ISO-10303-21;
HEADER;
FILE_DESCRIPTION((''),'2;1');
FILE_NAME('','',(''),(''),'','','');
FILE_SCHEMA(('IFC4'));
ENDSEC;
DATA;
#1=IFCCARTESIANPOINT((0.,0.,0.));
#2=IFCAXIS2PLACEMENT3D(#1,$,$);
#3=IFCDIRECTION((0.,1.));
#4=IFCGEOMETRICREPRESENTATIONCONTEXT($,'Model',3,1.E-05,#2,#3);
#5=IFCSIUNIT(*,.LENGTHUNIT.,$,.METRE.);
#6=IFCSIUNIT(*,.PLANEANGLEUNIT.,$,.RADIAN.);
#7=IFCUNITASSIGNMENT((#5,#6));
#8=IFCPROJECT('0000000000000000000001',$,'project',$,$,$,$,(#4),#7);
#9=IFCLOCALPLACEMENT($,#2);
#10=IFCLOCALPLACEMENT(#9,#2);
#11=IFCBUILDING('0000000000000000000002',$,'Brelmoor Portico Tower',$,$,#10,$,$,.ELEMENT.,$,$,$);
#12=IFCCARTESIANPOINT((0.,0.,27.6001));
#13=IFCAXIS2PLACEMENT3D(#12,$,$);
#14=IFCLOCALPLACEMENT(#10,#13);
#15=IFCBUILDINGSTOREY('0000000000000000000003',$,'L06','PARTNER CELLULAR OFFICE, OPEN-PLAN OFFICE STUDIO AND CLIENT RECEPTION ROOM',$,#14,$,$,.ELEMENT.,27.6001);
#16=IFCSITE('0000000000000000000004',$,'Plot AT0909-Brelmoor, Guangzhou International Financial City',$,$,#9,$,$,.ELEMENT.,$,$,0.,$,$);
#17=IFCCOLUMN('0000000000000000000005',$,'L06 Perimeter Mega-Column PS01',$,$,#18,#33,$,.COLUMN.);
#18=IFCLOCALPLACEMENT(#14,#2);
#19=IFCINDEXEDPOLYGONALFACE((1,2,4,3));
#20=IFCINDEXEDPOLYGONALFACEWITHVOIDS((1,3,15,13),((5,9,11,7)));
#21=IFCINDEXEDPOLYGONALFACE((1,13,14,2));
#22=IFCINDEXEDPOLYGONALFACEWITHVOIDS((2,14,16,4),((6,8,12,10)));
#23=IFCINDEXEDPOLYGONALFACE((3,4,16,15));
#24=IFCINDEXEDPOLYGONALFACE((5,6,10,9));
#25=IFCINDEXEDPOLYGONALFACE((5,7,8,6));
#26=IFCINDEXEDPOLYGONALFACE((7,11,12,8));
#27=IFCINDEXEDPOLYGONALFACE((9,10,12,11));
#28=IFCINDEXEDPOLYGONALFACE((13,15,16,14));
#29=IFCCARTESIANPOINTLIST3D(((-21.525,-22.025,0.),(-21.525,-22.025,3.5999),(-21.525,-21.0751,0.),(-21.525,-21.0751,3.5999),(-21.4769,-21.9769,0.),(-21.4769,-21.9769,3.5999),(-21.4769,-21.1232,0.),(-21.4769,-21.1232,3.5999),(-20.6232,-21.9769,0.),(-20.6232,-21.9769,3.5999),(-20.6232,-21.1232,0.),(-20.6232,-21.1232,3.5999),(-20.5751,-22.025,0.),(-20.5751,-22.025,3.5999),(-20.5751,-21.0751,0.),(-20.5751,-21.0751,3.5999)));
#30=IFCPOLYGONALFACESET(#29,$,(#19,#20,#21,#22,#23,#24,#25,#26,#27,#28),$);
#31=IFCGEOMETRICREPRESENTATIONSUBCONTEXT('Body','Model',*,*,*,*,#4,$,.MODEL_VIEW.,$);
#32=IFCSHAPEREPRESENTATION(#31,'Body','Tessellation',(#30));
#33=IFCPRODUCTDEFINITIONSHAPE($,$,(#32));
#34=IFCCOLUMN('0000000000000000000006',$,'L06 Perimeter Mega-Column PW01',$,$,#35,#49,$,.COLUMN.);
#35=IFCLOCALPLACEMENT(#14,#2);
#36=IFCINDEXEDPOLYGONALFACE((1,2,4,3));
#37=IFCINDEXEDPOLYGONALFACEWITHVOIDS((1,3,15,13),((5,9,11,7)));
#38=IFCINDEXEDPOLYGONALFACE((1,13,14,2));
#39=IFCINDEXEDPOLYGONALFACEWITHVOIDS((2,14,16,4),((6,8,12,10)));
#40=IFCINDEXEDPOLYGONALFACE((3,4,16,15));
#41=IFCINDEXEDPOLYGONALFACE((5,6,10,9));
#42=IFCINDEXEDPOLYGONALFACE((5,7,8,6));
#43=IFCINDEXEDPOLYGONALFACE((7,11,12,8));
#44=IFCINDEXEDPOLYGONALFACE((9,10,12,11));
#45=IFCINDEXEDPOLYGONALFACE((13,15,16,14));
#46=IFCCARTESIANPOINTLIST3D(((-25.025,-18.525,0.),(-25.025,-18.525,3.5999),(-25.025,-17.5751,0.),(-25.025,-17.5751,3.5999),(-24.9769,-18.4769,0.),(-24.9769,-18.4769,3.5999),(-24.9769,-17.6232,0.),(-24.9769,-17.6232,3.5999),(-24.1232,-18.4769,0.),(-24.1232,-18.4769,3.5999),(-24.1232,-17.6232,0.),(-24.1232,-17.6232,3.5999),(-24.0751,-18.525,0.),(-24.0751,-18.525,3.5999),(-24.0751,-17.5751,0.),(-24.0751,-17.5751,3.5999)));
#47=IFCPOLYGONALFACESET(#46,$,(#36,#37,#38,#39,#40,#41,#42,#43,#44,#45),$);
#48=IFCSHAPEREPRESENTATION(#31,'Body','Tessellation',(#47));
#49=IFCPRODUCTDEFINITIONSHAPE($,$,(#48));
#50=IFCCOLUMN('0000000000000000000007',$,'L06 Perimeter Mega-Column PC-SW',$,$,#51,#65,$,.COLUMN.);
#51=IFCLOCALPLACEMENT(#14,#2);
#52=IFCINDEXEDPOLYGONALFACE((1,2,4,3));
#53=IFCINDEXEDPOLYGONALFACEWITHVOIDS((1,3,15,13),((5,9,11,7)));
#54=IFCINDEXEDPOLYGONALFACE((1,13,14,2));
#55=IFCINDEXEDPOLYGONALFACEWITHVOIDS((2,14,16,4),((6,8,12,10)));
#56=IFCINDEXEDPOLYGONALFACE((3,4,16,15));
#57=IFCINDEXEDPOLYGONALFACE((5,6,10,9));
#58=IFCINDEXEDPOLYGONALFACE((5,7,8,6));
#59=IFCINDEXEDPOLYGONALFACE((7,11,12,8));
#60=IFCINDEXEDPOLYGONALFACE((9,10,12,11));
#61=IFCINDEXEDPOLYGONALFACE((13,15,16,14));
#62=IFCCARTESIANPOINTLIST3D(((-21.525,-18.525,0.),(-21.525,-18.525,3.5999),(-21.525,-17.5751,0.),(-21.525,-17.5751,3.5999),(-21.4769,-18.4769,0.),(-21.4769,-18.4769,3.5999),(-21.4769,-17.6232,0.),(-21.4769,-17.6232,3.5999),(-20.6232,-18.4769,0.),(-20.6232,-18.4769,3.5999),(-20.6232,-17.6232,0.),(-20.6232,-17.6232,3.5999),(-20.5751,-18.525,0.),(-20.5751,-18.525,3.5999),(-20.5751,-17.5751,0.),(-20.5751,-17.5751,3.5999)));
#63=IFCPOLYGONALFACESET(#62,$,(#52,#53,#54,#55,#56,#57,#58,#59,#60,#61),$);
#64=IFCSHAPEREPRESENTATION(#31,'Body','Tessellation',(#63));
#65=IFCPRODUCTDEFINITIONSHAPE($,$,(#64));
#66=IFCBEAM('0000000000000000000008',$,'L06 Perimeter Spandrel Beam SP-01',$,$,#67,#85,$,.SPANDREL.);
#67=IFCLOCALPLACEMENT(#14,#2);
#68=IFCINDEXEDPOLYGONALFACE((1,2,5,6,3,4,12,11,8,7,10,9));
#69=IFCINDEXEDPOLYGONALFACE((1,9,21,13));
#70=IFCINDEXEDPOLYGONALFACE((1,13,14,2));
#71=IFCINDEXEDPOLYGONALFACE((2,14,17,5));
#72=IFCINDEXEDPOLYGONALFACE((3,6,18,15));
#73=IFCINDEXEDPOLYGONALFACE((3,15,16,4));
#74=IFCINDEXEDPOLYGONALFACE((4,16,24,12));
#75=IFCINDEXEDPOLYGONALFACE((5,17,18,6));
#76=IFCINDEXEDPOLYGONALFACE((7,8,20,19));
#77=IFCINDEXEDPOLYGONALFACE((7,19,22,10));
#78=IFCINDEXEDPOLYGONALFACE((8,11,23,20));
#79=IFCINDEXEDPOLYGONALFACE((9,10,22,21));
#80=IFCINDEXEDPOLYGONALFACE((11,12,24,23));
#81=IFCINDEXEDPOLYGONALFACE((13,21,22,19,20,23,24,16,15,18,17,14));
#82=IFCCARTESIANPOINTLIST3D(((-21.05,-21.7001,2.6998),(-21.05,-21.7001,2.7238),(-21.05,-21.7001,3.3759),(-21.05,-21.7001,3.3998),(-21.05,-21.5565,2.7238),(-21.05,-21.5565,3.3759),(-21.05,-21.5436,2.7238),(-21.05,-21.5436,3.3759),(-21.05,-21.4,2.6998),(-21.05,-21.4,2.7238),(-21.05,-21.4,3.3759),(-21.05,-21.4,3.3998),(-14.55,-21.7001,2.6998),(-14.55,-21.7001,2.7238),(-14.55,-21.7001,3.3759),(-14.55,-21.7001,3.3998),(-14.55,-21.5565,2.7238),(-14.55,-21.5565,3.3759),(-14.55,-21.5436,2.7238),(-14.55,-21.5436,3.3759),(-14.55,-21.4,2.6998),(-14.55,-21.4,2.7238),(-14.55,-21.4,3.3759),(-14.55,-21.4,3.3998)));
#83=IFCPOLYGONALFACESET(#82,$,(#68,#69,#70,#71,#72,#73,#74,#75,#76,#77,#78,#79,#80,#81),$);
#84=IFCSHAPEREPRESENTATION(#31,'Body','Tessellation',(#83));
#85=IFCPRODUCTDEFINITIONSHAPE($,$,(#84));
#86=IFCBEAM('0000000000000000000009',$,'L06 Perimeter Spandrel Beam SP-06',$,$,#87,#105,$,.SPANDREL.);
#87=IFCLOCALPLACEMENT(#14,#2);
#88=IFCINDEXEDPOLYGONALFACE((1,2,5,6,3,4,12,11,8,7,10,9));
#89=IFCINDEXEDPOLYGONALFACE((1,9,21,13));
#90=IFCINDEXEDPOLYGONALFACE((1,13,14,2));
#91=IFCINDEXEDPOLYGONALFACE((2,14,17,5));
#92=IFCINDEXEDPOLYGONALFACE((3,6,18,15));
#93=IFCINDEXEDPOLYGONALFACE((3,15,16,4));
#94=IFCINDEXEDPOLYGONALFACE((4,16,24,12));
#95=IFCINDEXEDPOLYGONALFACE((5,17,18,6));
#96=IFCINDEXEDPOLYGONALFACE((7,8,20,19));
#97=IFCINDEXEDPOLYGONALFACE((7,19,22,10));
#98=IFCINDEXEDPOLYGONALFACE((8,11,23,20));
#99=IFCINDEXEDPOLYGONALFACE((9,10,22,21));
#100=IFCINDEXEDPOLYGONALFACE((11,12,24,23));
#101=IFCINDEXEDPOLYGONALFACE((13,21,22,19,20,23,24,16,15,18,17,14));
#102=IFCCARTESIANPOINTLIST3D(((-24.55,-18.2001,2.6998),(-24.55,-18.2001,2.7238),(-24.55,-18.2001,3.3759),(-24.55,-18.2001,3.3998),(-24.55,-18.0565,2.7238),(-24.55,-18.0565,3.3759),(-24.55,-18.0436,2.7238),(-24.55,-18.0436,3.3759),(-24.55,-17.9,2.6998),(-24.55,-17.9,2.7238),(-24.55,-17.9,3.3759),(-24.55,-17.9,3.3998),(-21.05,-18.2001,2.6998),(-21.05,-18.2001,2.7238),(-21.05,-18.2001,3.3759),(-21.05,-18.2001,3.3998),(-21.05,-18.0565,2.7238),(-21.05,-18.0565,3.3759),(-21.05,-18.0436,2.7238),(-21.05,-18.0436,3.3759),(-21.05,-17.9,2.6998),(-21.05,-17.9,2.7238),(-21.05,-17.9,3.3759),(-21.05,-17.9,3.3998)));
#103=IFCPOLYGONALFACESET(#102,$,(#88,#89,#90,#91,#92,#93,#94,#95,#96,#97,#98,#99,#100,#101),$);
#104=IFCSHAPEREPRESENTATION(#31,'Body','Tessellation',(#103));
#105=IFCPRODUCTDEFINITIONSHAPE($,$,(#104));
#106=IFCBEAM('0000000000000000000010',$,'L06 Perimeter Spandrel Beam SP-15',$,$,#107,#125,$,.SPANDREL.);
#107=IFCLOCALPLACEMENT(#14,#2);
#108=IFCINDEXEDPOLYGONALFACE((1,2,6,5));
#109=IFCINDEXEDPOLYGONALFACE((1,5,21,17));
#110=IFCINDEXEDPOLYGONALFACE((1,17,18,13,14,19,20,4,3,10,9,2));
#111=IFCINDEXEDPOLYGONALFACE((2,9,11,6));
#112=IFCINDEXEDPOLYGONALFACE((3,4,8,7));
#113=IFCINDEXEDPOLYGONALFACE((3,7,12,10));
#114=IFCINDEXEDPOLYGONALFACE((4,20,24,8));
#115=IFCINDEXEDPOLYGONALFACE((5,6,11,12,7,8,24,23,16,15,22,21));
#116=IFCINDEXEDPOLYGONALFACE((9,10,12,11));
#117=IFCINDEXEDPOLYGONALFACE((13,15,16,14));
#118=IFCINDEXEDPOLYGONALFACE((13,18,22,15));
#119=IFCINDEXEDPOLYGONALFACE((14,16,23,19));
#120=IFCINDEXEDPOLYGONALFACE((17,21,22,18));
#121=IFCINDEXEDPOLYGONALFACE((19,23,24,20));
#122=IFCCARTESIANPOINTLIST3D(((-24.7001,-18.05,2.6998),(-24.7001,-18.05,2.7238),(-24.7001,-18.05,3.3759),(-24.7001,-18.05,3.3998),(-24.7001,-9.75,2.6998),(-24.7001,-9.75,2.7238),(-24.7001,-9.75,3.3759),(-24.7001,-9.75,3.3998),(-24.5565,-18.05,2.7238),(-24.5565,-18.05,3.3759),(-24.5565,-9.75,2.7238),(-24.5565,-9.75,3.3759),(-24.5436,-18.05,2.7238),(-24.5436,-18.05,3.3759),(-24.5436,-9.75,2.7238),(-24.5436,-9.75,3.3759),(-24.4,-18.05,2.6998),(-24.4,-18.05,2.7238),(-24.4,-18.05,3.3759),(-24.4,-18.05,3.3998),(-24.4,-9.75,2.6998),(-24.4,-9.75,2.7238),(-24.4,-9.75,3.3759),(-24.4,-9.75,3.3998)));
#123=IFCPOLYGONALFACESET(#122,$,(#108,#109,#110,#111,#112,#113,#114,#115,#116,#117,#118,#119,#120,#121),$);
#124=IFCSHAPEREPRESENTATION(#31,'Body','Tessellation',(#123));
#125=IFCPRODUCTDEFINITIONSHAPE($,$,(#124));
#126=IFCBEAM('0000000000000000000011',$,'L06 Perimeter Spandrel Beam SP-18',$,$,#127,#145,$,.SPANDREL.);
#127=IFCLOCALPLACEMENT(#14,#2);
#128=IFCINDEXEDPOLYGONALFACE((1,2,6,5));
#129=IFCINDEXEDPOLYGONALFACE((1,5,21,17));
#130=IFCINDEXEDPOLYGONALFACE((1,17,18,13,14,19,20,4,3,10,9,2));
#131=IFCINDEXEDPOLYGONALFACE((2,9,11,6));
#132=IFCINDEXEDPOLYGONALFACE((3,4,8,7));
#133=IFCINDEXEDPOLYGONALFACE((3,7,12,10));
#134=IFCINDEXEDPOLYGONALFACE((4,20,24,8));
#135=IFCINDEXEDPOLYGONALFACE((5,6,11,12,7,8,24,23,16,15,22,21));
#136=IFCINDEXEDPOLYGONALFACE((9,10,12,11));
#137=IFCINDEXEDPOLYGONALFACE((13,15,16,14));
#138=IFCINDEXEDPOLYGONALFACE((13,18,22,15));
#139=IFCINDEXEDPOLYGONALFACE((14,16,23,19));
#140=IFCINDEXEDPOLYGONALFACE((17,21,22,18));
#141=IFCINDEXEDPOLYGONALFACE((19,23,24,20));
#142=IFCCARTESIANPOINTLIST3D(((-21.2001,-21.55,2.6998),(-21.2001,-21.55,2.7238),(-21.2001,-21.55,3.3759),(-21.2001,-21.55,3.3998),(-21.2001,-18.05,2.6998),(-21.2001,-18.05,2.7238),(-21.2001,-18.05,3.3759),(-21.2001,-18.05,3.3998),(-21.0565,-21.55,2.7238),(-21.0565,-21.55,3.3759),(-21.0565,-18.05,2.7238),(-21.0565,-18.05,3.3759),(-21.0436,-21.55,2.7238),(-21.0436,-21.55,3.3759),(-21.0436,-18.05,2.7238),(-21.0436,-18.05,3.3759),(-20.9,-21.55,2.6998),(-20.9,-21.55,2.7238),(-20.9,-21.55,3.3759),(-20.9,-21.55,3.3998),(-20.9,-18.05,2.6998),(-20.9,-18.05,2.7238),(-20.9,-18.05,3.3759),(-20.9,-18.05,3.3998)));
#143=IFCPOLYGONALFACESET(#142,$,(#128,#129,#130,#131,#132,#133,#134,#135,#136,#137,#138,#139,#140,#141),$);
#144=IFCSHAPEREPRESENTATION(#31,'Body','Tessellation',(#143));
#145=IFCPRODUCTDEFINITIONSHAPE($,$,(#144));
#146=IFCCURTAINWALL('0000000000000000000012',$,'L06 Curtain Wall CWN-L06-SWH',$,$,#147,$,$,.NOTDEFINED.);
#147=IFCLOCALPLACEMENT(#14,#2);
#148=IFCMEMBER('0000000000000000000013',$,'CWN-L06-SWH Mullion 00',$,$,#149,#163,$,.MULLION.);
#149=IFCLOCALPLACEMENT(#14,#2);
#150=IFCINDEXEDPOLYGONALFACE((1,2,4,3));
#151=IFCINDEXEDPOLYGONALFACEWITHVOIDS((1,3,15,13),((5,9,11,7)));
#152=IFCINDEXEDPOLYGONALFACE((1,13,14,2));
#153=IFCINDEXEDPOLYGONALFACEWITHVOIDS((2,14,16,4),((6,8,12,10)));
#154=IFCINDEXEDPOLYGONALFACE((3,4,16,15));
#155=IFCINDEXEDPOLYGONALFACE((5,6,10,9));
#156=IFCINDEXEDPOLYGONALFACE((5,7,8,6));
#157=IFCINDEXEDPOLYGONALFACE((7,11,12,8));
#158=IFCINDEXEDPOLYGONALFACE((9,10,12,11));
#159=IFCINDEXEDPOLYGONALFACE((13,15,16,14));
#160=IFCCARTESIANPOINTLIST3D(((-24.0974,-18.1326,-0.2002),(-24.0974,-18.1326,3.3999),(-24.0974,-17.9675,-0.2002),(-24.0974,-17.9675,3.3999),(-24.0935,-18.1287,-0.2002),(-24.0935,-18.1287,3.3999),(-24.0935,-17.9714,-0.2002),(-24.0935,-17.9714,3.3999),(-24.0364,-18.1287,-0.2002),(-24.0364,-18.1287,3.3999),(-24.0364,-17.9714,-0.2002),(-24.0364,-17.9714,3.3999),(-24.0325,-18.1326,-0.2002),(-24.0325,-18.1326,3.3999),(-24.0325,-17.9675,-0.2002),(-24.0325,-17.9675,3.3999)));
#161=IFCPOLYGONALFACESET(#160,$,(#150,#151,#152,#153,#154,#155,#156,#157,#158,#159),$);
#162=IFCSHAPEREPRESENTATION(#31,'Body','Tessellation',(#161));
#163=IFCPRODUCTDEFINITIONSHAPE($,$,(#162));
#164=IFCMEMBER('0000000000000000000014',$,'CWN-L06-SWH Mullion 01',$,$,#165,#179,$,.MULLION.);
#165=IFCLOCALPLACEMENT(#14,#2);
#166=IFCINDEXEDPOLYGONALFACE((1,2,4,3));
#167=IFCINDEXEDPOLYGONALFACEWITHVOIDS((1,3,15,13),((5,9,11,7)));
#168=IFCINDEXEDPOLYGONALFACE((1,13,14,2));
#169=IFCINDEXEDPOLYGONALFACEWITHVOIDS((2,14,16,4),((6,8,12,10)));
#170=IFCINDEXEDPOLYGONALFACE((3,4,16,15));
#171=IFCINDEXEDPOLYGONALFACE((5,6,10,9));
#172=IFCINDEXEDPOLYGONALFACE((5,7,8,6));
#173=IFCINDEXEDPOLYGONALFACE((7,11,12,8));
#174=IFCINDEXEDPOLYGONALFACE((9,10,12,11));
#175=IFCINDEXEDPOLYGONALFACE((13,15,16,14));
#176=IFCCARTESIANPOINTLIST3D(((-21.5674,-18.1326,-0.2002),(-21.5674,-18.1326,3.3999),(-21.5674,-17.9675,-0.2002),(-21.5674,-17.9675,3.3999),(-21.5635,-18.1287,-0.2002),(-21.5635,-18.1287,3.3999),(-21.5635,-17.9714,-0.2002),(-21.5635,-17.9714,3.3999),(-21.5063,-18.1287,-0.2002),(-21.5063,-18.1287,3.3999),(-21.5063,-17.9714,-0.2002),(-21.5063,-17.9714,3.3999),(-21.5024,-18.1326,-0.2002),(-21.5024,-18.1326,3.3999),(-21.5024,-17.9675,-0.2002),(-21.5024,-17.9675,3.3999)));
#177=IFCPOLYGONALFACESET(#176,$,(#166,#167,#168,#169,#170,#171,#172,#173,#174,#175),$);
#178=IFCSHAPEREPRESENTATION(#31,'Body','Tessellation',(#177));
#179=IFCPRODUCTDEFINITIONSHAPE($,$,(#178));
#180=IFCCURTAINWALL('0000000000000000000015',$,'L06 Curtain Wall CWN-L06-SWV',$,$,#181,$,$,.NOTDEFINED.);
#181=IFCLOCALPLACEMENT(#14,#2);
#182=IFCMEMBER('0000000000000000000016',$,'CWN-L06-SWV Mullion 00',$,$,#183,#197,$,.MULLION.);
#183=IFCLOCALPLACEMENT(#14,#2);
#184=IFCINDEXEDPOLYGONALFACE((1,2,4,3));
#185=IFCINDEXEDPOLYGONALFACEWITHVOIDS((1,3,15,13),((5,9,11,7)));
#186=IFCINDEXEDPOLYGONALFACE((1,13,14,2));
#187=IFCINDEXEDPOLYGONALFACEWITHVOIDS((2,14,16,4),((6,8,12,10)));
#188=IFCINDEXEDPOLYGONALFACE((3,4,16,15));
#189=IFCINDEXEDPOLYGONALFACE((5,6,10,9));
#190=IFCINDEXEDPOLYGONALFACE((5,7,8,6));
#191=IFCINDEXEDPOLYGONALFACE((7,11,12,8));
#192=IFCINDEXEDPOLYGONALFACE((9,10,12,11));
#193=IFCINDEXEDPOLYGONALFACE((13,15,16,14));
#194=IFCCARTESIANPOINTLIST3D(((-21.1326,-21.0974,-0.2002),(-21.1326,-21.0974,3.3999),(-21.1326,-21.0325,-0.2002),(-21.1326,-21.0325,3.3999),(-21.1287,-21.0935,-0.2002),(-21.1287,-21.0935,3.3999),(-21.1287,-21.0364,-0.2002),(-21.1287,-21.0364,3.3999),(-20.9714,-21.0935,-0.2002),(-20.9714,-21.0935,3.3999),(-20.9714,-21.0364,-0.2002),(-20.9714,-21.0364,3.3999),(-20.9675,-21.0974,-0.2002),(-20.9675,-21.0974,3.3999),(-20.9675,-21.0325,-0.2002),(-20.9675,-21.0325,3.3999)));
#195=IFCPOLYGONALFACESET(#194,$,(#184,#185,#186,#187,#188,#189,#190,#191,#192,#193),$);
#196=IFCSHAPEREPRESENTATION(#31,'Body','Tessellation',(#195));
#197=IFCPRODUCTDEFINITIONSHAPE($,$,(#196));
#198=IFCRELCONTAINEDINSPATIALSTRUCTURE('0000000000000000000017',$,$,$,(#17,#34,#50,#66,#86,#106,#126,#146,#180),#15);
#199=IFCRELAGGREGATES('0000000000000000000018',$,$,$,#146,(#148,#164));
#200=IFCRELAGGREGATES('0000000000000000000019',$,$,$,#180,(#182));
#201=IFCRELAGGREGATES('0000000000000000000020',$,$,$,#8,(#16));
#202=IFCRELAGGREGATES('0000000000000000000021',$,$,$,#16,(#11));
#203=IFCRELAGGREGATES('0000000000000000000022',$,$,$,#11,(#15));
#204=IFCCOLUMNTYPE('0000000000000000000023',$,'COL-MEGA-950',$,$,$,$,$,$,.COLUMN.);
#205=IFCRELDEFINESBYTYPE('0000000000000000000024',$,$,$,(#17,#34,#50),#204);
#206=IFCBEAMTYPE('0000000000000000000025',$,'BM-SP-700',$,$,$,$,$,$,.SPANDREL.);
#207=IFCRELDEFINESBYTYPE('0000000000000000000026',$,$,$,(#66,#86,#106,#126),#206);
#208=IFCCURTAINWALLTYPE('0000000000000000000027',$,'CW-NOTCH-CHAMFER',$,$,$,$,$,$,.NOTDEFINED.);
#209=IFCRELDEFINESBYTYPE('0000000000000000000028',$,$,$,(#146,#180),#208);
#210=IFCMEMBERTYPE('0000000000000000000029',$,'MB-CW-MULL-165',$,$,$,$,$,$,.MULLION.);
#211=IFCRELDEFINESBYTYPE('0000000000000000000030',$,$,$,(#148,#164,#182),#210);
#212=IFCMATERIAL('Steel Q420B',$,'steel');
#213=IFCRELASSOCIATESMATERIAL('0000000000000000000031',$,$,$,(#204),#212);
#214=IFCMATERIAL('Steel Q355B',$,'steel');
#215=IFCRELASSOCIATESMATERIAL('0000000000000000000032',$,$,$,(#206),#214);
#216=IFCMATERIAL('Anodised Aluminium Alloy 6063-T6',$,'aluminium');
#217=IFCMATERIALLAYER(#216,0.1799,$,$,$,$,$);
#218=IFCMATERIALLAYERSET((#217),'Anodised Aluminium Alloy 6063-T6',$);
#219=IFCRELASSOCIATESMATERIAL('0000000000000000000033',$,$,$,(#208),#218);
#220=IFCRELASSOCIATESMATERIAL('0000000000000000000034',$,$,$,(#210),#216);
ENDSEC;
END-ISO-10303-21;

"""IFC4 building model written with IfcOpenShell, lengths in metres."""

from ifc_helpers import new_model, si_unit, direction, frame, origin, origin_2d, place, context, subcontext, project, spatial, hollow_rectangle, i_section, extrude, material, layer, layer_set, material_profile, profile_set, type_object, element, aggregate, save


model = new_model("IFC4")

# Units and contexts
model_context = context("Model", 3, precision=1e-05, world=origin(), true_north=direction((0.0, 1.0)))
body_context = subcontext(model_context, "Body", "Model", "MODEL_VIEW")
ifc_project = project(units=[si_unit("LENGTHUNIT", "METRE"), si_unit("PLANEANGLEUNIT", "RADIAN")], contexts=[model_context])

# Site, building, storey
site_placement = place(None, origin())
site = spatial("IfcSite", under=ifc_project, at=site_placement, Name="Plot AT0909-Brelmoor, Guangzhou International Financial City", CompositionType="ELEMENT", RefElevation=0.0)
building_placement = place(site_placement, origin())
building = spatial("IfcBuilding", under=site, at=building_placement, Name="Brelmoor Portico Tower", CompositionType="ELEMENT")
storey_placement = place(building_placement, frame((0.0, 0.0, 27.6001)))
storey = spatial("IfcBuildingStorey", under=building, at=storey_placement, Name="L06", Description="PARTNER CELLULAR OFFICE, OPEN-PLAN OFFICE STUDIO AND CLIENT RECEPTION ROOM", CompositionType="ELEMENT", Elevation=27.6001)

# Columns
ifc_material_1 = material(Name="Steel Q420B", Category="steel")
ifc_material_profile_1 = material_profile(ifc_material_1, hollow_rectangle(XDim=0.95, YDim=0.95, WallThickness=0.0481, at=origin_2d()), Name="BOX 950x950x48")
ifc_profile_set_1 = profile_set([ifc_material_profile_1], Name="Steel Q420B")
column_type = type_object("IfcColumnType", Name="COL-MEGA-950", PredefinedType="COLUMN", material=ifc_profile_set_1)
for number, where, z_axis, x_axis, name in (
    (1, (-21.05, -21.55, 0.0), (0.0, 0.0, 1.0), (1.0, 0.0, 0.0), "L06 Perimeter Mega-Column PS01"),
    (2, (-24.55, -18.05, 0.0), (0.0, 0.0, 1.0), (0.0, 1.0, 0.0), "L06 Perimeter Mega-Column PW01"),
    (3, (-21.05, -18.05, 0.0), (0.0, 0.0, 1.0), (1.0, 0.0, 0.0), "L06 Perimeter Mega-Column PC-SW"),
):
    element("IfcColumn", number, at=place(storey_placement, frame(where, z_axis=z_axis, x_axis=x_axis)), inside=storey, type_object=column_type, Name=name, PredefinedType="COLUMN", context=body_context, shape_type="SweptSolid", body=[
        extrude(hollow_rectangle(XDim=0.95, YDim=0.95, WallThickness=0.0481, at=origin_2d()), origin(), (0.0, 0.0, 1.0), 3.5999),
    ])

# Beams
ifc_material_2 = material(Name="Steel Q355B", Category="steel")
ifc_material_profile_2 = material_profile(ifc_material_2, i_section(OverallWidth=0.3, OverallDepth=0.7, WebThickness=0.0129, FlangeThickness=0.0239, at=origin_2d()), Name="HN 700x300x13x24")
ifc_profile_set_2 = profile_set([ifc_material_profile_2], Name="Steel Q355B")
beam_type = type_object("IfcBeamType", Name="BM-SP-700", PredefinedType="SPANDREL", material=ifc_profile_set_2)
beam_1_placement = place(storey_placement, frame((-21.05, -21.55, 3.0498), z_axis=(1.0, 0.0, 0.0), x_axis=(0.0, 1.0, 0.0)))
element("IfcBeam", 4, at=beam_1_placement, inside=storey, type_object=beam_type, Name="L06 Perimeter Spandrel Beam SP-01", PredefinedType="SPANDREL", context=body_context, shape_type="SweptSolid", body=[
    extrude(i_section(OverallWidth=0.3, OverallDepth=0.7, WebThickness=0.0129, FlangeThickness=0.0239, at=origin_2d()), origin(), (0.0, 0.0, 1.0), 6.5),
])
beam_2_placement = place(storey_placement, frame((-24.55, -18.05, 3.0498), z_axis=(1.0, 0.0, 0.0), x_axis=(0.0, 1.0, 0.0)))
element("IfcBeam", 5, at=beam_2_placement, inside=storey, type_object=beam_type, Name="L06 Perimeter Spandrel Beam SP-06", PredefinedType="SPANDREL", context=body_context, shape_type="SweptSolid", body=[
    extrude(i_section(OverallWidth=0.3, OverallDepth=0.7, WebThickness=0.0129, FlangeThickness=0.0239, at=origin_2d()), origin(), (0.0, 0.0, 1.0), 3.5),
])
beam_3_placement = place(storey_placement, frame((-24.55, -18.05, 3.0498), z_axis=(0.0, 1.0, 0.0), x_axis=(-1.0, 0.0, 0.0)))
element("IfcBeam", 6, at=beam_3_placement, inside=storey, type_object=beam_type, Name="L06 Perimeter Spandrel Beam SP-15", PredefinedType="SPANDREL", context=body_context, shape_type="SweptSolid", body=[
    extrude(i_section(OverallWidth=0.3, OverallDepth=0.7, WebThickness=0.0129, FlangeThickness=0.0239, at=origin_2d()), origin(), (0.0, 0.0, 1.0), 8.3),
])
beam_4_placement = place(storey_placement, frame((-21.05, -21.55, 3.0498), z_axis=(0.0, 1.0, 0.0), x_axis=(-1.0, 0.0, 0.0)))
element("IfcBeam", 7, at=beam_4_placement, inside=storey, type_object=beam_type, Name="L06 Perimeter Spandrel Beam SP-18", PredefinedType="SPANDREL", context=body_context, shape_type="SweptSolid", body=[
    extrude(i_section(OverallWidth=0.3, OverallDepth=0.7, WebThickness=0.0129, FlangeThickness=0.0239, at=origin_2d()), origin(), (0.0, 0.0, 1.0), 3.5),
])

# Curtain walls, members
ifc_material_3 = material(Name="Anodised Aluminium Alloy 6063-T6", Category="aluminium")
ifc_layer_1 = layer(ifc_material_3, 0.1799)
ifc_layer_set_1 = layer_set([ifc_layer_1], Name="Anodised Aluminium Alloy 6063-T6")
curtain_wall_type_1 = type_object("IfcCurtainWallType", Name="CW-NOTCH-CHAMFER", PredefinedType="NOTDEFINED", material=ifc_layer_set_1)
curtain_wall_1_placement = place(storey_placement, origin())
curtain_wall_1 = element("IfcCurtainWall", 8, at=curtain_wall_1_placement, inside=storey, type_object=curtain_wall_type_1, Name="L06 Curtain Wall CWN-L06-SWH", PredefinedType="NOTDEFINED")
ifc_material_profile_3 = material_profile(ifc_material_3, hollow_rectangle(XDim=0.0649, YDim=0.165, WallThickness=0.0039, at=origin_2d()), Name="ALU MULLION 65x165")
ifc_profile_set_3 = profile_set([ifc_material_profile_3], Name="Anodised Aluminium Alloy 6063-T6")
member_type_1 = type_object("IfcMemberType", Name="MB-CW-MULL-165", PredefinedType="MULLION", material=ifc_profile_set_3)
member_1_placement = place(storey_placement, frame((-24.0649, -18.05, -0.2002), z_axis=(0.0, 0.0, 1.0), x_axis=(1.0, 0.0, 0.0)))
member_1 = element("IfcMember", 9, at=member_1_placement, type_object=member_type_1, Name="CWN-L06-SWH Mullion 00", PredefinedType="MULLION", context=body_context, shape_type="SweptSolid", body=[
    extrude(hollow_rectangle(XDim=0.0649, YDim=0.165, WallThickness=0.0039, at=origin_2d()), origin(), (0.0, 0.0, 1.0), 3.6001),
])
member_2_placement = place(storey_placement, frame((-21.5349, -18.05, -0.2002), z_axis=(0.0, 0.0, 1.0), x_axis=(1.0, 0.0, 0.0)))
member_2 = element("IfcMember", 10, at=member_2_placement, type_object=member_type_1, Name="CWN-L06-SWH Mullion 01", PredefinedType="MULLION", context=body_context, shape_type="SweptSolid", body=[
    extrude(hollow_rectangle(XDim=0.0649, YDim=0.165, WallThickness=0.0039, at=origin_2d()), origin(), (0.0, 0.0, 1.0), 3.6001),
])
curtain_wall_2_placement = place(storey_placement, origin())
curtain_wall_2 = element("IfcCurtainWall", 11, at=curtain_wall_2_placement, inside=storey, type_object=curtain_wall_type_1, Name="L06 Curtain Wall CWN-L06-SWV", PredefinedType="NOTDEFINED")
member_3_placement = place(storey_placement, frame((-21.05, -21.0649, -0.2002), z_axis=(0.0, 0.0, 1.0), x_axis=(0.0, 1.0, 0.0)))
member_3 = element("IfcMember", 12, at=member_3_placement, type_object=member_type_1, Name="CWN-L06-SWV Mullion 00", PredefinedType="MULLION", context=body_context, shape_type="SweptSolid", body=[
    extrude(hollow_rectangle(XDim=0.0649, YDim=0.165, WallThickness=0.0039, at=origin_2d()), origin(), (0.0, 0.0, 1.0), 3.6001),
])

aggregate(curtain_wall_1, [member_1, member_2])
aggregate(curtain_wall_2, [member_3])

save(model, "model.ifc")
